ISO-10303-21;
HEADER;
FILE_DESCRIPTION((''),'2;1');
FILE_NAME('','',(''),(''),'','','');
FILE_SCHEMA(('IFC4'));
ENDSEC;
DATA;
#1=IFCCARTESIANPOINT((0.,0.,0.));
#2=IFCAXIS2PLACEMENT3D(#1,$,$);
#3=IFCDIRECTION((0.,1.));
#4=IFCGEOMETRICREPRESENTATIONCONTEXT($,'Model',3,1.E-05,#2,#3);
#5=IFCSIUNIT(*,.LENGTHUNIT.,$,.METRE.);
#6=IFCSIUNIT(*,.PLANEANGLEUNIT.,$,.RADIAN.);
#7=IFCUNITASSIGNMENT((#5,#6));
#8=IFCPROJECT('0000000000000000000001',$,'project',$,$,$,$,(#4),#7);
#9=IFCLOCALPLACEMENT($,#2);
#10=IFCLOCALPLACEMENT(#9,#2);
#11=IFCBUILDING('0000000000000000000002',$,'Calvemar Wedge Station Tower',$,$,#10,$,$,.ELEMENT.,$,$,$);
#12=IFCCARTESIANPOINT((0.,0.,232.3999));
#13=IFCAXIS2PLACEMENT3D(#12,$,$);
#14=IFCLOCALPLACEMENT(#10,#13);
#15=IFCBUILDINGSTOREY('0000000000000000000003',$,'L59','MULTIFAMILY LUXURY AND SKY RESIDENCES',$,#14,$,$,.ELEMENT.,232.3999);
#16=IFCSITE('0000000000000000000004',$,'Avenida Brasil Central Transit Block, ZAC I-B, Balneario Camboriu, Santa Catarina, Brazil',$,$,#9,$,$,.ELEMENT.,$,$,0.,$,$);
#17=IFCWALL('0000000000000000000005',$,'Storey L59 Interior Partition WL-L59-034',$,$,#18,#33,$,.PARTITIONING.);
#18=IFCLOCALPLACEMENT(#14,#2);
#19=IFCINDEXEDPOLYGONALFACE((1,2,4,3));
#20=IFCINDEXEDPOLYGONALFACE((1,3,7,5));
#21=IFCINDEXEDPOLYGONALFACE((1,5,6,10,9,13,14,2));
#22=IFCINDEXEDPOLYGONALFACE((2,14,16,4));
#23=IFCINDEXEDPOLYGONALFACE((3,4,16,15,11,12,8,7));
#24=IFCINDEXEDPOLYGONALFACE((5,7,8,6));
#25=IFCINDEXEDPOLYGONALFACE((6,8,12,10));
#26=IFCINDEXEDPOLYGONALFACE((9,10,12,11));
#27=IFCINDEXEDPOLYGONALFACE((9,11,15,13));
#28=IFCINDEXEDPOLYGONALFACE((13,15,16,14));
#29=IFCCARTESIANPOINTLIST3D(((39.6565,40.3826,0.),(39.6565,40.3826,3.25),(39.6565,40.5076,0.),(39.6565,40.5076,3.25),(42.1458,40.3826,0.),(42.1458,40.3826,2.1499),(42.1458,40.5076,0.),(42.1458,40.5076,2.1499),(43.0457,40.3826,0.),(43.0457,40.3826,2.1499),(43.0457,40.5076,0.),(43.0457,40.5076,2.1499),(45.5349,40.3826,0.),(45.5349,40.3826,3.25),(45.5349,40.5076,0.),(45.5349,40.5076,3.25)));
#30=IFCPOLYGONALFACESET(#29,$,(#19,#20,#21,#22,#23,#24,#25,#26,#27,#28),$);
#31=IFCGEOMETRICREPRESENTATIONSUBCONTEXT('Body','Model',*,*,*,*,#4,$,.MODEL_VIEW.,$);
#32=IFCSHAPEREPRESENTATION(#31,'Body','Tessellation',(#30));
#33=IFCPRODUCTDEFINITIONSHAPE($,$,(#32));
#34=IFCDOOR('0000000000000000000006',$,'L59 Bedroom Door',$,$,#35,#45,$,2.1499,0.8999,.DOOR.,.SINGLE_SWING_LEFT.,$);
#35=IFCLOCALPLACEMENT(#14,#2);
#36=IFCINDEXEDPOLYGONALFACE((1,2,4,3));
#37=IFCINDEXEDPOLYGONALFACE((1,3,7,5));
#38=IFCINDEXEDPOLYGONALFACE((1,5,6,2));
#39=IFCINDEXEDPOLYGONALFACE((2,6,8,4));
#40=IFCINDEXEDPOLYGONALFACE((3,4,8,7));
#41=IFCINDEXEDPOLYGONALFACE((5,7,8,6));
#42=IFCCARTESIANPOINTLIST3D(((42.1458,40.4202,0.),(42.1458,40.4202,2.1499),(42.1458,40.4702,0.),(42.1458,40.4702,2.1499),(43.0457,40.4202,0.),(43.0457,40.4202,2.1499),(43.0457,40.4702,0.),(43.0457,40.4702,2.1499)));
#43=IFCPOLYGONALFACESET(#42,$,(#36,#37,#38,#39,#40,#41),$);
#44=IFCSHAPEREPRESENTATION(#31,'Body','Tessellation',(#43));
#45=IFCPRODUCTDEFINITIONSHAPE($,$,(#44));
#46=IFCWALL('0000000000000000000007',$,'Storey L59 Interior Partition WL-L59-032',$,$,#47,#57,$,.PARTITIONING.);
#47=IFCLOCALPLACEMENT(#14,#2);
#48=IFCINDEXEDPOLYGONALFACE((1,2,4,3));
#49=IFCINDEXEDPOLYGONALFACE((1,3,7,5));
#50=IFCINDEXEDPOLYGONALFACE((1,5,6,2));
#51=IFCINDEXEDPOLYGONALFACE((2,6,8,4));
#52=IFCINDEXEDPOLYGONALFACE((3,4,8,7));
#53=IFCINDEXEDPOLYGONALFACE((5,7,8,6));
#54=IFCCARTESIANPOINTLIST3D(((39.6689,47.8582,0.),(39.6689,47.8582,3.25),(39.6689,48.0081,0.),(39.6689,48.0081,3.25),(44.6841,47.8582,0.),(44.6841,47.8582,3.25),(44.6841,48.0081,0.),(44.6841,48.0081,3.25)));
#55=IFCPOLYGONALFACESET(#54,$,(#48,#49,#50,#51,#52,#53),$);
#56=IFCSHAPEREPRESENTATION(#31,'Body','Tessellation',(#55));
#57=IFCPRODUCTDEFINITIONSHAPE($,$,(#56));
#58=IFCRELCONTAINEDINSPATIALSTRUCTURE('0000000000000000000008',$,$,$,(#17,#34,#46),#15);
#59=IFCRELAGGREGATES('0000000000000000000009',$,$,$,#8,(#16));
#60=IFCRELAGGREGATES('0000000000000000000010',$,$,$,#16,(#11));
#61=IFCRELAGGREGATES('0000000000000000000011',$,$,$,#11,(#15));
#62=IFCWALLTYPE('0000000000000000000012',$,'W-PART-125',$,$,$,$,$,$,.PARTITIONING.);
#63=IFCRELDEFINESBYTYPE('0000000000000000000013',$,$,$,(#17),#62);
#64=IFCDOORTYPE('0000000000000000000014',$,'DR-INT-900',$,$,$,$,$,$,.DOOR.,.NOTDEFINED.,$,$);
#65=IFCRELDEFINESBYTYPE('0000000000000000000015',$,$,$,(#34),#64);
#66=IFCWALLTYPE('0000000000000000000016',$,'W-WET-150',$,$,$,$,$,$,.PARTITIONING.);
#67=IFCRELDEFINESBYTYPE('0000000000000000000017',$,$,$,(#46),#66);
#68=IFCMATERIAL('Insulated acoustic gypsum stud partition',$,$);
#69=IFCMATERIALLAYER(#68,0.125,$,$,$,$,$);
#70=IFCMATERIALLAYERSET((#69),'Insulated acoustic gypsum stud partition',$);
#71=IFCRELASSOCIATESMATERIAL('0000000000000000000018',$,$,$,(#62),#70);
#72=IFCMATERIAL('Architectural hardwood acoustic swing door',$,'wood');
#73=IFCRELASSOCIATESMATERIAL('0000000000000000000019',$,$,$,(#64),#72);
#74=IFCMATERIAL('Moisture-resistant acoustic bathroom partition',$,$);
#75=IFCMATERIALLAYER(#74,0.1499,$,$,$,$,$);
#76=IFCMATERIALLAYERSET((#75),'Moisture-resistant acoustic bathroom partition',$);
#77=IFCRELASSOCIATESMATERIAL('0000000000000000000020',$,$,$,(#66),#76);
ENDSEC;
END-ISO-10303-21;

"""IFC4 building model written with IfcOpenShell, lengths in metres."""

from ifc_helpers import new_model, si_unit, direction, frame, frame_2d, origin, place, context, subcontext, project, spatial, rectangle, extrude, source, transform, mapped, material, layer, layer_set, type_object, element, fill, save


model = new_model("IFC4")

# Units and contexts
model_context = context("Model", 3, precision=1e-05, world=origin(), true_north=direction((0.0, 1.0)))
body_context = subcontext(model_context, "Body", "Model", "MODEL_VIEW")
ifc_project = project(units=[si_unit("LENGTHUNIT", "METRE"), si_unit("PLANEANGLEUNIT", "RADIAN")], contexts=[model_context])

# Site, building, storey
site_placement = place(None, origin())
site = spatial("IfcSite", under=ifc_project, at=site_placement, Name="Avenida Brasil Central Transit Block, ZAC I-B, Balneario Camboriu, Santa Catarina, Brazil", CompositionType="ELEMENT", RefElevation=0.0)
building_placement = place(site_placement, origin())
building = spatial("IfcBuilding", under=site, at=building_placement, Name="Calvemar Wedge Station Tower", CompositionType="ELEMENT")
storey_placement = place(building_placement, frame((0.0, 0.0, 232.3999)))
storey = spatial("IfcBuildingStorey", under=building, at=storey_placement, Name="L59", Description="MULTIFAMILY LUXURY AND SKY RESIDENCES", CompositionType="ELEMENT", Elevation=232.3999)

# Shared definitions
ifc_material_1 = material(Name="Insulated acoustic gypsum stud partition")
ifc_layer_1 = layer(ifc_material_1, 0.125)
ifc_layer_set_1 = layer_set([ifc_layer_1], Name="Insulated acoustic gypsum stud partition")
wall_type_1 = type_object("IfcWallType", Name="W-PART-125", PredefinedType="PARTITIONING", material=ifc_layer_set_1)

# Shared definitions
shared_shape_1 = source(origin(), body_context, "Body", "SweptSolid", [
    extrude(rectangle(XDim=0.8999, YDim=2.1499, at=frame_2d((0.45, 1.075))), frame((0.0, 0.0725, 0.0), z_axis=(0.0, -1.0, 0.0), x_axis=(1.0, 0.0, 0.0)), (0.0, 0.0, 1.0), 0.145),
])
ifc_material_2 = material(Name="Architectural hardwood acoustic swing door", Category="wood")
door_type_1 = type_object("IfcDoorType", Name="DR-INT-900", OperationType="NOTDEFINED", PredefinedType="DOOR", material=ifc_material_2)
shared_shape_2 = source(origin(), body_context, "Body", "SweptSolid", [
    extrude(rectangle(XDim=0.8999, YDim=2.1499, at=frame_2d((0.45, 1.075))), frame((0.0, 0.0249, 0.0), z_axis=(0.0, -1.0, 0.0), x_axis=(1.0, 0.0, 0.0)), (0.0, 0.0, 1.0), 0.05),
])

# Wall, opening, door
wall_1_placement = place(storey_placement, frame((45.5349, 40.4451, 0.0), z_axis=(0.0, 0.0, 1.0), x_axis=(-1.0, 0.0, 0.0)))
wall_1 = element("IfcWall", 1, at=wall_1_placement, inside=storey, type_object=wall_type_1, Name="Storey L59 Interior Partition WL-L59-034", PredefinedType="PARTITIONING", context=body_context, shape_type="SweptSolid", body=[
    extrude(rectangle(XDim=5.8784, YDim=0.125, at=frame_2d((2.9392, 0.0))), origin(), (0.0, 0.0, 1.0), 3.25),
])
opening_1_placement = place(wall_1_placement, frame((2.4893, 0.0, 0.0)))
opening_1 = element("IfcOpeningElement", 2, at=opening_1_placement, cuts=wall_1, PredefinedType="OPENING", context=body_context, shape_type="MappedRepresentation", body=[
    mapped(shared_shape_1, transform((0.0, 0.0, 0.0), scale=1.0)),
])
door_1_placement = place(opening_1_placement, origin())
door_1 = element("IfcDoor", 3, at=door_1_placement, inside=storey, type_object=door_type_1, Name="L59 Bedroom Door", OperationType="SINGLE_SWING_LEFT", OverallHeight=2.1499, OverallWidth=0.8999, PredefinedType="DOOR", context=body_context, shape_type="MappedRepresentation", body=[
    mapped(shared_shape_2, transform((0.0, 0.0, 0.0), scale=1.0)),
])
fill(opening_1, door_1)
ifc_material_3 = material(Name="Moisture-resistant acoustic bathroom partition")
ifc_layer_2 = layer(ifc_material_3, 0.1499)
ifc_layer_set_2 = layer_set([ifc_layer_2], Name="Moisture-resistant acoustic bathroom partition")
wall_type_2 = type_object("IfcWallType", Name="W-WET-150", PredefinedType="PARTITIONING", material=ifc_layer_set_2)

# Wall
wall_2_placement = place(storey_placement, frame((44.6841, 47.9331, 0.0), z_axis=(0.0, 0.0, 1.0), x_axis=(-1.0, 0.0, 0.0)))
element("IfcWall", 4, at=wall_2_placement, inside=storey, type_object=wall_type_2, Name="Storey L59 Interior Partition WL-L59-032", PredefinedType="PARTITIONING", context=body_context, shape_type="SweptSolid", body=[
    extrude(rectangle(XDim=5.0151, YDim=0.1499, at=frame_2d((2.5076, 0.0))), origin(), (0.0, 0.0, 1.0), 3.25),
])

save(model, "model.ifc")
